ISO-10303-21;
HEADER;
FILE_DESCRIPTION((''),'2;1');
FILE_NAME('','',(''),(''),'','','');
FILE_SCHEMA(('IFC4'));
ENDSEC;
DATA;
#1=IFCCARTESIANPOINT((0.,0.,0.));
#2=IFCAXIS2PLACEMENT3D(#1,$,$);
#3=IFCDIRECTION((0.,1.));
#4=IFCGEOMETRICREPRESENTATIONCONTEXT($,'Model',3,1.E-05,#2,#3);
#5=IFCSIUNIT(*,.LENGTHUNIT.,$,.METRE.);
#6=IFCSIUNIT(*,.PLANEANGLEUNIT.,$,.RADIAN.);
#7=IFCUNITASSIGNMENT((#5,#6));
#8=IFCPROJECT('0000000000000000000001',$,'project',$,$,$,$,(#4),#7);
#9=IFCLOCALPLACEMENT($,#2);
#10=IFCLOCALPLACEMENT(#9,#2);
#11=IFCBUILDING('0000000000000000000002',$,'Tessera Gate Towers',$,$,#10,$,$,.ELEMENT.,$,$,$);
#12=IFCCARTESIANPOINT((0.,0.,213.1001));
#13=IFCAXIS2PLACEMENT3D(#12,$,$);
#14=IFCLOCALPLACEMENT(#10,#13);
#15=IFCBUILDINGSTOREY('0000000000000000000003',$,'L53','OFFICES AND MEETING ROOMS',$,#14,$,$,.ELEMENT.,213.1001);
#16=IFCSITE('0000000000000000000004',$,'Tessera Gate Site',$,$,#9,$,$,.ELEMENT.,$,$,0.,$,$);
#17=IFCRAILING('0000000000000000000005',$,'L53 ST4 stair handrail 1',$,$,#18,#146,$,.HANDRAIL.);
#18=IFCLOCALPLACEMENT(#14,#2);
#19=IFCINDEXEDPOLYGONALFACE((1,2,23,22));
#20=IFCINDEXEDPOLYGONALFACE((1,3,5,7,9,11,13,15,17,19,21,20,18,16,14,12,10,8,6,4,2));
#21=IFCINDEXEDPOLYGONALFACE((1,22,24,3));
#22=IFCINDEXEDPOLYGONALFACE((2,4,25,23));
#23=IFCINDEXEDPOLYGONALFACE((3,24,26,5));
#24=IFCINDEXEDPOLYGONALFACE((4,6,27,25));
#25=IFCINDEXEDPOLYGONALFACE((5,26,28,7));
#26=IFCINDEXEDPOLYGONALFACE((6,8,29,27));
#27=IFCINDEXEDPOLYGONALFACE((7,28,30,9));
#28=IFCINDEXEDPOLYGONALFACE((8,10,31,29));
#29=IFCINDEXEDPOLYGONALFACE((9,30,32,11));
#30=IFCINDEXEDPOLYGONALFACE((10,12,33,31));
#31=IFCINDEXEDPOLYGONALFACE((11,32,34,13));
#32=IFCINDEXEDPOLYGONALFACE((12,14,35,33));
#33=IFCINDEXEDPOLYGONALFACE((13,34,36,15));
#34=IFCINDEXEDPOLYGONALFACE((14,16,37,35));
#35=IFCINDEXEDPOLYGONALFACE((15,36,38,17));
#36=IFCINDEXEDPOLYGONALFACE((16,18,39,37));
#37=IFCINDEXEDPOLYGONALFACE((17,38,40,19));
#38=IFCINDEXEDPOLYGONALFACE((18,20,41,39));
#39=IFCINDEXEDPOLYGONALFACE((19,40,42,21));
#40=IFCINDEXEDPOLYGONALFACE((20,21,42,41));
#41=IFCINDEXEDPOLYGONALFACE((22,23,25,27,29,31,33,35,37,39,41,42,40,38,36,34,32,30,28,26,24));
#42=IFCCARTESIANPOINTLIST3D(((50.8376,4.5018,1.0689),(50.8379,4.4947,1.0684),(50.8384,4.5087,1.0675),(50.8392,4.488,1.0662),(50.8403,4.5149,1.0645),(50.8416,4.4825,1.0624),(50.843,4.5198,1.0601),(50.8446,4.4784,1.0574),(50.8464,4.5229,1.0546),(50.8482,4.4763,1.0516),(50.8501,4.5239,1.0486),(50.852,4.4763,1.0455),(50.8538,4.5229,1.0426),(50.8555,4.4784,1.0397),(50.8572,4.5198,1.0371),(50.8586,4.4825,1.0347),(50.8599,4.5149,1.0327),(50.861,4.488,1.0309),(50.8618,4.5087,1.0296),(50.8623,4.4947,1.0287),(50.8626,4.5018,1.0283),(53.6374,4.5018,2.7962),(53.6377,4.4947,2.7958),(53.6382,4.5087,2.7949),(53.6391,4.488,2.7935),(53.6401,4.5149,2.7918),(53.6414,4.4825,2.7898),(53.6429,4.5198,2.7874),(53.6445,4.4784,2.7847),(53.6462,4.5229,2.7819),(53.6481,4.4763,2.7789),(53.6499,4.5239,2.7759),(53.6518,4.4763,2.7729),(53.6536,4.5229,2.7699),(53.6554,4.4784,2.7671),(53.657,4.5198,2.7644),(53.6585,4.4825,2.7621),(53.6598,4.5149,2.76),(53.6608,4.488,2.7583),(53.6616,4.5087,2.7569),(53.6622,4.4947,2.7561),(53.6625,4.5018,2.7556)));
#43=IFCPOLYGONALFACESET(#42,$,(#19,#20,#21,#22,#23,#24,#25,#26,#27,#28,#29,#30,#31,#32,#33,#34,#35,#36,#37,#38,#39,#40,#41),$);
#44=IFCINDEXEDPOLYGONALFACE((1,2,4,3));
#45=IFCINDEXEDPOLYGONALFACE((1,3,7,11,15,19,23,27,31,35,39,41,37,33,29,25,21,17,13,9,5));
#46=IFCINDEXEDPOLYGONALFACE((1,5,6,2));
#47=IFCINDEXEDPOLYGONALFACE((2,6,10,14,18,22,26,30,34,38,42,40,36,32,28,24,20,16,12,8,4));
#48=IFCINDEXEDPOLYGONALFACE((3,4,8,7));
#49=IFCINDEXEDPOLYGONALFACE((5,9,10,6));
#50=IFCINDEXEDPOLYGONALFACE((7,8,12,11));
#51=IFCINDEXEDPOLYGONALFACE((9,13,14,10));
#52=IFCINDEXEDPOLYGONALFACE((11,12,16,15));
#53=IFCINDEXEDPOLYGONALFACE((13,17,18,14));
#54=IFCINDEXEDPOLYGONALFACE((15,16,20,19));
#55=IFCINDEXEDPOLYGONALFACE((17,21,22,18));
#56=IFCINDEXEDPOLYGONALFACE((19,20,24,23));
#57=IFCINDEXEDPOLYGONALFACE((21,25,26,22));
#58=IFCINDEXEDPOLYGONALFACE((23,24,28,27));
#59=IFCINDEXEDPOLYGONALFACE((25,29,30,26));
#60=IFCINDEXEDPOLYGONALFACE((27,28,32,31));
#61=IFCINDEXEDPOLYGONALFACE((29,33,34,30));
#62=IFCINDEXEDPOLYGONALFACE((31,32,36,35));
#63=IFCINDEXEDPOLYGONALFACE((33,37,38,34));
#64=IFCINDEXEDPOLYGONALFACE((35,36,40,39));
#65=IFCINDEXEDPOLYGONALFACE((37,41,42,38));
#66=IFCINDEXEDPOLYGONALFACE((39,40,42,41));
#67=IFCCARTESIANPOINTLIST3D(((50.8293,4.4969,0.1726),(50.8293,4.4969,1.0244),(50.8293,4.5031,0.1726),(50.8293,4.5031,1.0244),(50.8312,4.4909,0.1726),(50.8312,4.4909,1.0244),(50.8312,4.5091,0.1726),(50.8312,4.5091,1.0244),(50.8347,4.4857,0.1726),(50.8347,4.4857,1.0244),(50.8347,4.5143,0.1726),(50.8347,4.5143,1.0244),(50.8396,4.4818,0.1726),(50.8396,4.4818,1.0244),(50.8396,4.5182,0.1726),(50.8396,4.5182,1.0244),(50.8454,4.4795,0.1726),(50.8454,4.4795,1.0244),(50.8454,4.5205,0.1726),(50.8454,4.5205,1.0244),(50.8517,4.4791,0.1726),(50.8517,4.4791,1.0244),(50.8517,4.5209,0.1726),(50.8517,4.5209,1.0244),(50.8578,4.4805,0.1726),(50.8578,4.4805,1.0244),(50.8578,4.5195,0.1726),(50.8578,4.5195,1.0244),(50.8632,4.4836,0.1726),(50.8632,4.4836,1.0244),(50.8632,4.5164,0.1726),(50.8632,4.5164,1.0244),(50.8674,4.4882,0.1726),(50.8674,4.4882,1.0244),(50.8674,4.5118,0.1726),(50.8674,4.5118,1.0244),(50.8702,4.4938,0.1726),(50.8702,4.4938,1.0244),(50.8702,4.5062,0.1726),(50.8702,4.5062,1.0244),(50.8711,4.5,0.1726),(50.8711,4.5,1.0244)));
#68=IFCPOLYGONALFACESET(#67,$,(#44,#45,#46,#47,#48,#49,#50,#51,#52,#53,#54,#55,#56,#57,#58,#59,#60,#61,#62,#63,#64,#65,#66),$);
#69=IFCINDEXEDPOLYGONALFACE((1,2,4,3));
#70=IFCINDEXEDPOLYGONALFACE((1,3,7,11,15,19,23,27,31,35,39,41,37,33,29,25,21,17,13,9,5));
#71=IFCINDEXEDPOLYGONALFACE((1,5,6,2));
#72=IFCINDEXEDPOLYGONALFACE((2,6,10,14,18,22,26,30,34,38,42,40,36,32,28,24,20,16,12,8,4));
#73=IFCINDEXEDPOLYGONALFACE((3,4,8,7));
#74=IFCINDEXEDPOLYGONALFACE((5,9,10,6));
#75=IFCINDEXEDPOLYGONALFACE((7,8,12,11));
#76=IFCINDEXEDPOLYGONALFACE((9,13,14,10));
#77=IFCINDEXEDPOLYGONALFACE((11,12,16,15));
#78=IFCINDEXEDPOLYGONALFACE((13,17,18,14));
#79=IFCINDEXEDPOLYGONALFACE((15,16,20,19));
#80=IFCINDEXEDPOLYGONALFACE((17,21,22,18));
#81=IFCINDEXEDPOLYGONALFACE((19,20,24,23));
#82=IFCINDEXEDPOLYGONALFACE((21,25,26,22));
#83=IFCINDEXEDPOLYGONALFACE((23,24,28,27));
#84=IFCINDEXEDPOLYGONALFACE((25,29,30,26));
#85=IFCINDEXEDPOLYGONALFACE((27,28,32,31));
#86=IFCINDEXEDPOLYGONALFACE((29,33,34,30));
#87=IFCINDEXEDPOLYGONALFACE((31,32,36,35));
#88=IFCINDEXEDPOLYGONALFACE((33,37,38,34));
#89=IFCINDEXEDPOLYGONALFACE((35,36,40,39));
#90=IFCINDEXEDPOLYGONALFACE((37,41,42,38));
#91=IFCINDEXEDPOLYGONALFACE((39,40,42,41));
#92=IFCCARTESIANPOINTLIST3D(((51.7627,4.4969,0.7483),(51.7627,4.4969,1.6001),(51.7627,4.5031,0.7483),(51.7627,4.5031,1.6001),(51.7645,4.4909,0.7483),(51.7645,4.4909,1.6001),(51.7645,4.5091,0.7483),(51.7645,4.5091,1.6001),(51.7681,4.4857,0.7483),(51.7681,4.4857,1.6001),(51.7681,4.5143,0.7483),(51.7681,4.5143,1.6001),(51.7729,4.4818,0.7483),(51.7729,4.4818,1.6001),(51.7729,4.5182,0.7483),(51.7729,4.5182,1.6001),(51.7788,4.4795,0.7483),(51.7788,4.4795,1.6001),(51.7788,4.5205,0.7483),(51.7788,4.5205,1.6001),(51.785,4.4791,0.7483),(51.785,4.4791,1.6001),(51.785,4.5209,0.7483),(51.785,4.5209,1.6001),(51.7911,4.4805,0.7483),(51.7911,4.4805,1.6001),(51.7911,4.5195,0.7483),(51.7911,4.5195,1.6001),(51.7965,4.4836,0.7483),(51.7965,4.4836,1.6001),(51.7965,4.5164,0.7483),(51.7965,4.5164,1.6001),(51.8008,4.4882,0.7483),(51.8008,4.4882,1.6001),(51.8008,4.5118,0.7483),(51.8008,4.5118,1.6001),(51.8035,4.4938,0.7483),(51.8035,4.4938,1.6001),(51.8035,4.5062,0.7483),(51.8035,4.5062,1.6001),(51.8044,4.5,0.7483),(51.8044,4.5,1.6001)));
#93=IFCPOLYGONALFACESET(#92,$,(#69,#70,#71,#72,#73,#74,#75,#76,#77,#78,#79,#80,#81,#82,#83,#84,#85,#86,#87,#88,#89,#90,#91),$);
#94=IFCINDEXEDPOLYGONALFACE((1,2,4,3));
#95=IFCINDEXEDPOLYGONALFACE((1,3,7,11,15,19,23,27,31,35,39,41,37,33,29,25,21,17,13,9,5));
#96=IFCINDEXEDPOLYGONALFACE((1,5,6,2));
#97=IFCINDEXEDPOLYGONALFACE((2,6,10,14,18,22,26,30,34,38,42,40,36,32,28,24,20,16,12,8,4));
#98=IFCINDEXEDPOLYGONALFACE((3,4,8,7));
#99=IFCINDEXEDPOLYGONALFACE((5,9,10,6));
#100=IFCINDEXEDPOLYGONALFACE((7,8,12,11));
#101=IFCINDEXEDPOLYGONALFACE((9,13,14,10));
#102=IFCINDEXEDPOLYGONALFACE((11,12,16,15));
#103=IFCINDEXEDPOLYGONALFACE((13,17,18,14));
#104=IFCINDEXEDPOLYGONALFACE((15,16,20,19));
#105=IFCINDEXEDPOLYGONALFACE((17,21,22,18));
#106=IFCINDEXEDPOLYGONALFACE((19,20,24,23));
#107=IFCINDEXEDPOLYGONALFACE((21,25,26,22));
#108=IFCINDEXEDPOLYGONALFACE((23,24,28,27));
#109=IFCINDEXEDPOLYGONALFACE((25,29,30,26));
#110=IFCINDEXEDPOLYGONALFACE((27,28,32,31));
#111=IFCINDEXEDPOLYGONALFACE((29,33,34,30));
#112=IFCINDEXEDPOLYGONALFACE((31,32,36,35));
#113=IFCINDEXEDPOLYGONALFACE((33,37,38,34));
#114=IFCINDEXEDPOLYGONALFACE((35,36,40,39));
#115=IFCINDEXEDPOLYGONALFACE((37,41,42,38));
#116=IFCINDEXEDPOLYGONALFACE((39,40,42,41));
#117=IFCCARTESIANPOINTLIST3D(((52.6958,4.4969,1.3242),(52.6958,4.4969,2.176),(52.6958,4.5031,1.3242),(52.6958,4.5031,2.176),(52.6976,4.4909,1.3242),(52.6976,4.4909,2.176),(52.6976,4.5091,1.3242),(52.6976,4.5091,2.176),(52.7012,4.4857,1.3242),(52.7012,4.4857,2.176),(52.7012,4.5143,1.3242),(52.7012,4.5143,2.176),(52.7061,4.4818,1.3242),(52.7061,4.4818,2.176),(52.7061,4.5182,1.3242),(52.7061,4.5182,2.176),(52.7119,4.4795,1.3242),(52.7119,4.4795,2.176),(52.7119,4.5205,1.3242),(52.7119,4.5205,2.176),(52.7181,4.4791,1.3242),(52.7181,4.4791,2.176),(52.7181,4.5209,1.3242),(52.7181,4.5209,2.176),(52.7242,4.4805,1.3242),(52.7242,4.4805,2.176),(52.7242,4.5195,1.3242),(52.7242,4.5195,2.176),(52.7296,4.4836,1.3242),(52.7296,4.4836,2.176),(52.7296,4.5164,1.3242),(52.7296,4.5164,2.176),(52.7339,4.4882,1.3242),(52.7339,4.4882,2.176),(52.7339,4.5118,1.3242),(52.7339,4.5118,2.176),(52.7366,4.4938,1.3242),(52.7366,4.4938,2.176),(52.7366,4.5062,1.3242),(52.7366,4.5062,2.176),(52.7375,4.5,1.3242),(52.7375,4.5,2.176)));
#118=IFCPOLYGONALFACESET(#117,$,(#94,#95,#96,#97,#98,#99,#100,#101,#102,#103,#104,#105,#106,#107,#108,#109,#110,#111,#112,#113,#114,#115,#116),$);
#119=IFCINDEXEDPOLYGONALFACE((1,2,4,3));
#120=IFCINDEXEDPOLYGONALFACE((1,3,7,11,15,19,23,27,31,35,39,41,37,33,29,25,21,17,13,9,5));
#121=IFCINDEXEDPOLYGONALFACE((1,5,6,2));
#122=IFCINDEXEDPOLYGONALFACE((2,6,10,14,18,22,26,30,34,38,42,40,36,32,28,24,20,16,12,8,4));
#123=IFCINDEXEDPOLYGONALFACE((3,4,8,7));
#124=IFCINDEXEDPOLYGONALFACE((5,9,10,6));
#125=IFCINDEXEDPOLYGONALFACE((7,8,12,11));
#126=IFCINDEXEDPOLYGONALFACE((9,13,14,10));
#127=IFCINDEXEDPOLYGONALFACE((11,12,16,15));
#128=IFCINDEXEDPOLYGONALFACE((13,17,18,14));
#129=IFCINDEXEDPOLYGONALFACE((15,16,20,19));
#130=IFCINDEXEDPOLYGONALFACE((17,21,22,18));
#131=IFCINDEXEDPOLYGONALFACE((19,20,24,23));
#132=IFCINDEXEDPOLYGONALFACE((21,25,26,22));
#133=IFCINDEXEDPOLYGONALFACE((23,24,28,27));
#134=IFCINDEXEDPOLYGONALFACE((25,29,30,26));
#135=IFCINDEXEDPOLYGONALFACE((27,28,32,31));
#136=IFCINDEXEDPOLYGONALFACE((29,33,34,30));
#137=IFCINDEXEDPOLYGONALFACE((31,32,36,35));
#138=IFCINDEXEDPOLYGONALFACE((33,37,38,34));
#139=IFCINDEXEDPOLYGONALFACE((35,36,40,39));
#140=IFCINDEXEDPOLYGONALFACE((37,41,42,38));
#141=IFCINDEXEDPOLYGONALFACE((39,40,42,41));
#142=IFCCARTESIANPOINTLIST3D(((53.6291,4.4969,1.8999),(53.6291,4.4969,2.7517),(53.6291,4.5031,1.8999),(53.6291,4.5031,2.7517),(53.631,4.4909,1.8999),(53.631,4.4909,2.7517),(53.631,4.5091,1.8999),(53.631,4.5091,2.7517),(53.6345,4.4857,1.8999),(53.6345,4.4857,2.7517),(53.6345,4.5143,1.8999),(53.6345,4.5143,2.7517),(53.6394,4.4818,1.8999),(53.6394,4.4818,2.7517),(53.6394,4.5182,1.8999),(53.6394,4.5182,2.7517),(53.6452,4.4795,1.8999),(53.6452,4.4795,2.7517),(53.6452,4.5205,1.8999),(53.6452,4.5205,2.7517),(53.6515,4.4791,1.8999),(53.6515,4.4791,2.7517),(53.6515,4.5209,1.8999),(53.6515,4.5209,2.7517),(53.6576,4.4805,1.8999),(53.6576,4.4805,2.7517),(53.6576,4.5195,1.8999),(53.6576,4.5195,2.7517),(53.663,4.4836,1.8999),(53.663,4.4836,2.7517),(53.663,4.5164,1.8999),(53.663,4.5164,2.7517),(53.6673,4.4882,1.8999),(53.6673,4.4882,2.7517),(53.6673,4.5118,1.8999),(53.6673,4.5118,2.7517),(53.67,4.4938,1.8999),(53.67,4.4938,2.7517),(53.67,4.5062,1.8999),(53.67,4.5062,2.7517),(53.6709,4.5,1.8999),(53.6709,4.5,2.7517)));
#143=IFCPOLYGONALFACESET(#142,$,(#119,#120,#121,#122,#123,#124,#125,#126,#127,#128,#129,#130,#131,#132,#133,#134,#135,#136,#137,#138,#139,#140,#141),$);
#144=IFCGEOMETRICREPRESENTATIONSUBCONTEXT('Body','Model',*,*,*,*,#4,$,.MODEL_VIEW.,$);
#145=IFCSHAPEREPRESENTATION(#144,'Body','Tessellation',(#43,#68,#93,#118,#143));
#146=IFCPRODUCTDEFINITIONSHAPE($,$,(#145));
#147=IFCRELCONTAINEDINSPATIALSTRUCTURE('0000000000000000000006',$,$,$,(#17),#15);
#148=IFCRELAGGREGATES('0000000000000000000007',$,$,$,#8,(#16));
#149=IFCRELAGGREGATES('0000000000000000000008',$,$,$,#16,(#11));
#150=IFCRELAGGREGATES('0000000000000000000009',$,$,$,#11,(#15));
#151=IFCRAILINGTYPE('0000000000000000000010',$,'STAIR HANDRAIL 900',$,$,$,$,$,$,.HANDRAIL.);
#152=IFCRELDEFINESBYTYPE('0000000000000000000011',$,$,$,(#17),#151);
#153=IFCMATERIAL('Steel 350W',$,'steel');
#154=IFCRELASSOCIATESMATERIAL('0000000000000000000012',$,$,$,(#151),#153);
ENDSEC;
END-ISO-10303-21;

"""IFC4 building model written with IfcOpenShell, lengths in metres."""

from ifc_helpers import new_model, si_unit, direction, frame, origin, origin_2d, place, context, subcontext, project, spatial, circle, extrude, material, type_object, element, save


model = new_model("IFC4")

# Units and contexts
model_context = context("Model", 3, precision=1e-05, world=origin(), true_north=direction((0.0, 1.0)))
body_context = subcontext(model_context, "Body", "Model", "MODEL_VIEW")
ifc_project = project(units=[si_unit("LENGTHUNIT", "METRE"), si_unit("PLANEANGLEUNIT", "RADIAN")], contexts=[model_context])

# Site, building, storey
site_placement = place(None, origin())
site = spatial("IfcSite", under=ifc_project, at=site_placement, Name="Tessera Gate Site", CompositionType="ELEMENT", RefElevation=0.0)
building_placement = place(site_placement, origin())
building = spatial("IfcBuilding", under=site, at=building_placement, Name="Tessera Gate Towers", CompositionType="ELEMENT")
storey_placement = place(building_placement, frame((0.0, 0.0, 213.1001)))
storey = spatial("IfcBuildingStorey", under=building, at=storey_placement, Name="L53", Description="OFFICES AND MEETING ROOMS", CompositionType="ELEMENT", Elevation=213.1001)

# Railing
ifc_material_1 = material(Name="Steel 350W", Category="steel")
railing_type_1 = type_object("IfcRailingType", Name="STAIR HANDRAIL 900", PredefinedType="HANDRAIL", material=ifc_material_1)
railing_1_placement = place(storey_placement, frame((50.8501, 4.5, 0.1726)))
element("IfcRailing", 1, at=railing_1_placement, inside=storey, type_object=railing_type_1, Name="L53 ST4 stair handrail 1", PredefinedType="HANDRAIL", context=body_context, shape_type="SweptSolid", body=[
    extrude(circle(Radius=0.0239, at=origin_2d()), frame((0.0, 0.0, 0.876), z_axis=(0.851069, 0.0, 0.525054), x_axis=(0.0, 1.0, 0.0)), (0.0, 0.0, 1.0), 3.2898),
    extrude(circle(Radius=0.021, at=origin_2d()), origin(), (0.0, 0.0, 1.0), 0.8518),
    extrude(circle(Radius=0.021, at=origin_2d()), frame((0.9333, 0.0, 0.5757)), (0.0, 0.0, 1.0), 0.8518),
    extrude(circle(Radius=0.021, at=origin_2d()), frame((1.8665, 0.0, 1.1516)), (0.0, 0.0, 1.0), 0.8518),
    extrude(circle(Radius=0.021, at=origin_2d()), frame((2.7998, 0.0, 1.7273)), (0.0, 0.0, 1.0), 0.8518),
])

save(model, "model.ifc")
